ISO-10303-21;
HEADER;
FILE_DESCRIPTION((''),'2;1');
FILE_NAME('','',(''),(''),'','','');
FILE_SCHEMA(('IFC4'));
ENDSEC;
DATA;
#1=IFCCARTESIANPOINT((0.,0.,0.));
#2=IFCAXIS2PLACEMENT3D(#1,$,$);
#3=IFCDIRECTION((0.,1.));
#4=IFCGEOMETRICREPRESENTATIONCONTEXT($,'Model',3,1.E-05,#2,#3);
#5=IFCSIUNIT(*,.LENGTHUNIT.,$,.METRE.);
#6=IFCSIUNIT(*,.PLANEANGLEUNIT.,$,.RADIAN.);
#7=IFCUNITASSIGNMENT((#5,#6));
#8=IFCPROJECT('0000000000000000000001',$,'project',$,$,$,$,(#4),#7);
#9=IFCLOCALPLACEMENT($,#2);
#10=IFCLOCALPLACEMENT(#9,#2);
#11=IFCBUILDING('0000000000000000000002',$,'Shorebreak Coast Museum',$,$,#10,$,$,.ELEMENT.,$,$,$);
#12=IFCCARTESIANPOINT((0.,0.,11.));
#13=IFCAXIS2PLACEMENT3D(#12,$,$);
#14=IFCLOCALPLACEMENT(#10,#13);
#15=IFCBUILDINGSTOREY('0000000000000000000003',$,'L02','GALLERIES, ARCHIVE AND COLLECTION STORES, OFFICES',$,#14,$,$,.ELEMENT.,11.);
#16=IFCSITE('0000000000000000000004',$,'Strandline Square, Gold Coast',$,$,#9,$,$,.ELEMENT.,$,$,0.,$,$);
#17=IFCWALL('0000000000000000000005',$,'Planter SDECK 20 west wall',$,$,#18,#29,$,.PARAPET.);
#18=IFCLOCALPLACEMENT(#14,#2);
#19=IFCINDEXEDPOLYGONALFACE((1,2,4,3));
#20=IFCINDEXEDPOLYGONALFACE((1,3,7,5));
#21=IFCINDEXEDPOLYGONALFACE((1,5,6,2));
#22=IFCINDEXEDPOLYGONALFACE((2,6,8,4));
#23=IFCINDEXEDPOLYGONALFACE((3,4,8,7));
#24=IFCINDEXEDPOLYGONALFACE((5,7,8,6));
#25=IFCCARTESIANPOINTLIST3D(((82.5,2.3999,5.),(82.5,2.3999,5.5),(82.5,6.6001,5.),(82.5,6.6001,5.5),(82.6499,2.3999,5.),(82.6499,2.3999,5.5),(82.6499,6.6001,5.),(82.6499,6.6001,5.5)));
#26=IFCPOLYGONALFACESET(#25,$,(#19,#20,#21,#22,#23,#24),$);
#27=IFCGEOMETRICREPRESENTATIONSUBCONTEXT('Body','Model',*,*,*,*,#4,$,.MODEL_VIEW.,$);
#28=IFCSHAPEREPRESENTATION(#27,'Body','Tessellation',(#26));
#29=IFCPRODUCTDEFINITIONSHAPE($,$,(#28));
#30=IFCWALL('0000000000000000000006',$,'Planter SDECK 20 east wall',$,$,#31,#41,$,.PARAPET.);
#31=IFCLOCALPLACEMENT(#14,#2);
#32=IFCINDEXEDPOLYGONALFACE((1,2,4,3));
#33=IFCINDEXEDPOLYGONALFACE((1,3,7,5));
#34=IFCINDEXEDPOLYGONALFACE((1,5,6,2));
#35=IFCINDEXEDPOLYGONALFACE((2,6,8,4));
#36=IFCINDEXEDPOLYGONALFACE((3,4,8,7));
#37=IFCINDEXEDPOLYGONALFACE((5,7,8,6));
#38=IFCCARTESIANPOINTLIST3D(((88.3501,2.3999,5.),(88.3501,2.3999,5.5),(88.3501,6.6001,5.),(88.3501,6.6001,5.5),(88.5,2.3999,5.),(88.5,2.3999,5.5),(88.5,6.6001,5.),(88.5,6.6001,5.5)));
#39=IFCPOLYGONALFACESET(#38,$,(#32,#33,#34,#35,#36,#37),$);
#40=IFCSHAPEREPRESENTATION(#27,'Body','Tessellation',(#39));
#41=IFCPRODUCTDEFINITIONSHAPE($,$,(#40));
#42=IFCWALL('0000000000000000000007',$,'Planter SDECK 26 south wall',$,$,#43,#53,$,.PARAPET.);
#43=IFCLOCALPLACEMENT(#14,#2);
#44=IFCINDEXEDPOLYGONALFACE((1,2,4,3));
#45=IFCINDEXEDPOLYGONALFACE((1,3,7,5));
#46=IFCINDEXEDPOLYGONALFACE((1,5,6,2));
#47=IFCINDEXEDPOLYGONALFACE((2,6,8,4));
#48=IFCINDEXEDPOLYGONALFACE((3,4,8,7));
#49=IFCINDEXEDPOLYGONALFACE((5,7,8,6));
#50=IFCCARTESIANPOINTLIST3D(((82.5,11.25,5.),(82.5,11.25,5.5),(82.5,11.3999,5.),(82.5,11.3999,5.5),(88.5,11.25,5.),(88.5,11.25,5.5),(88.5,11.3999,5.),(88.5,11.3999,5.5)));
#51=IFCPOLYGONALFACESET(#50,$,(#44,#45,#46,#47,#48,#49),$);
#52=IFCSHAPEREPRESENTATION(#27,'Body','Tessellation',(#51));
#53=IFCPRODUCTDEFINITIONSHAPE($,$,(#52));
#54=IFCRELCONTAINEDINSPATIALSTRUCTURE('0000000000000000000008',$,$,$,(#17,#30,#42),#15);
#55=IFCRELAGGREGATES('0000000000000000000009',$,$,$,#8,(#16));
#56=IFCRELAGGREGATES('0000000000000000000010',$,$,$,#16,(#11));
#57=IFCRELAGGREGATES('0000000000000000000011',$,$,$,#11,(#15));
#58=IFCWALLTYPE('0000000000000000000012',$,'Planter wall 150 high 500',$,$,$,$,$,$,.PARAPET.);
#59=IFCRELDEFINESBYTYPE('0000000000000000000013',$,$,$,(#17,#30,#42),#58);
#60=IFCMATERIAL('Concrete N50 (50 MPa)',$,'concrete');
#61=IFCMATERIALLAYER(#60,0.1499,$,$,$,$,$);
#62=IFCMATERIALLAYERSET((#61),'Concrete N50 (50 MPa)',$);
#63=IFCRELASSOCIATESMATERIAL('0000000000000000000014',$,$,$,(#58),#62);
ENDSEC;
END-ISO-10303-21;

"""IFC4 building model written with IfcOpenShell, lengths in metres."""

from ifc_helpers import new_model, si_unit, direction, frame, frame_2d, origin, place, context, subcontext, project, spatial, rectangle, extrude, material, layer, layer_set, type_object, element, save


model = new_model("IFC4")

# Units and contexts
model_context = context("Model", 3, precision=1e-05, world=origin(), true_north=direction((0.0, 1.0)))
body_context = subcontext(model_context, "Body", "Model", "MODEL_VIEW")
ifc_project = project(units=[si_unit("LENGTHUNIT", "METRE"), si_unit("PLANEANGLEUNIT", "RADIAN")], contexts=[model_context])

# Site, building, storey
site_placement = place(None, origin())
site = spatial("IfcSite", under=ifc_project, at=site_placement, Name="Strandline Square, Gold Coast", CompositionType="ELEMENT", RefElevation=0.0)
building_placement = place(site_placement, origin())
building = spatial("IfcBuilding", under=site, at=building_placement, Name="Shorebreak Coast Museum", CompositionType="ELEMENT")
storey_placement = place(building_placement, frame((0.0, 0.0, 11.0)))
storey = spatial("IfcBuildingStorey", under=building, at=storey_placement, Name="L02", Description="GALLERIES, ARCHIVE AND COLLECTION STORES, OFFICES", CompositionType="ELEMENT", Elevation=11.0)

# Walls
ifc_material_1 = material(Name="Concrete N50 (50 MPa)", Category="concrete")
ifc_layer_1 = layer(ifc_material_1, 0.1499)
ifc_layer_set_1 = layer_set([ifc_layer_1], Name="Concrete N50 (50 MPa)")
wall_type_1 = type_object("IfcWallType", Name="Planter wall 150 high 500", PredefinedType="PARAPET", material=ifc_layer_set_1)
for number, where, z_axis, x_axis, name in (
    (1, (82.575, 2.3999, 5.0), (0.0, 0.0, 1.0), (0.0, 1.0, 0.0), "Planter SDECK 20 west wall"),
    (2, (88.425, 2.3999, 5.0), (0.0, 0.0, 1.0), (0.0, 1.0, 0.0), "Planter SDECK 20 east wall"),
):
    element("IfcWall", number, at=place(storey_placement, frame(where, z_axis=z_axis, x_axis=x_axis)), inside=storey, type_object=wall_type_1, Name=name, PredefinedType="PARAPET", context=body_context, shape_type="SweptSolid", body=[
        extrude(rectangle(XDim=4.2002, YDim=0.1499, at=frame_2d((2.1001, 0.0))), origin(), (0.0, 0.0, 1.0), 0.5),
    ])
wall_1_placement = place(storey_placement, frame((82.5, 11.325, 5.0), z_axis=(0.0, 0.0, 1.0), x_axis=(1.0, 0.0, 0.0)))
element("IfcWall", 3, at=wall_1_placement, inside=storey, type_object=wall_type_1, Name="Planter SDECK 26 south wall", PredefinedType="PARAPET", context=body_context, shape_type="SweptSolid", body=[
    extrude(rectangle(XDim=6.0, YDim=0.1499, at=frame_2d((3.0, 0.0))), origin(), (0.0, 0.0, 1.0), 0.5),
])

save(model, "model.ifc")
